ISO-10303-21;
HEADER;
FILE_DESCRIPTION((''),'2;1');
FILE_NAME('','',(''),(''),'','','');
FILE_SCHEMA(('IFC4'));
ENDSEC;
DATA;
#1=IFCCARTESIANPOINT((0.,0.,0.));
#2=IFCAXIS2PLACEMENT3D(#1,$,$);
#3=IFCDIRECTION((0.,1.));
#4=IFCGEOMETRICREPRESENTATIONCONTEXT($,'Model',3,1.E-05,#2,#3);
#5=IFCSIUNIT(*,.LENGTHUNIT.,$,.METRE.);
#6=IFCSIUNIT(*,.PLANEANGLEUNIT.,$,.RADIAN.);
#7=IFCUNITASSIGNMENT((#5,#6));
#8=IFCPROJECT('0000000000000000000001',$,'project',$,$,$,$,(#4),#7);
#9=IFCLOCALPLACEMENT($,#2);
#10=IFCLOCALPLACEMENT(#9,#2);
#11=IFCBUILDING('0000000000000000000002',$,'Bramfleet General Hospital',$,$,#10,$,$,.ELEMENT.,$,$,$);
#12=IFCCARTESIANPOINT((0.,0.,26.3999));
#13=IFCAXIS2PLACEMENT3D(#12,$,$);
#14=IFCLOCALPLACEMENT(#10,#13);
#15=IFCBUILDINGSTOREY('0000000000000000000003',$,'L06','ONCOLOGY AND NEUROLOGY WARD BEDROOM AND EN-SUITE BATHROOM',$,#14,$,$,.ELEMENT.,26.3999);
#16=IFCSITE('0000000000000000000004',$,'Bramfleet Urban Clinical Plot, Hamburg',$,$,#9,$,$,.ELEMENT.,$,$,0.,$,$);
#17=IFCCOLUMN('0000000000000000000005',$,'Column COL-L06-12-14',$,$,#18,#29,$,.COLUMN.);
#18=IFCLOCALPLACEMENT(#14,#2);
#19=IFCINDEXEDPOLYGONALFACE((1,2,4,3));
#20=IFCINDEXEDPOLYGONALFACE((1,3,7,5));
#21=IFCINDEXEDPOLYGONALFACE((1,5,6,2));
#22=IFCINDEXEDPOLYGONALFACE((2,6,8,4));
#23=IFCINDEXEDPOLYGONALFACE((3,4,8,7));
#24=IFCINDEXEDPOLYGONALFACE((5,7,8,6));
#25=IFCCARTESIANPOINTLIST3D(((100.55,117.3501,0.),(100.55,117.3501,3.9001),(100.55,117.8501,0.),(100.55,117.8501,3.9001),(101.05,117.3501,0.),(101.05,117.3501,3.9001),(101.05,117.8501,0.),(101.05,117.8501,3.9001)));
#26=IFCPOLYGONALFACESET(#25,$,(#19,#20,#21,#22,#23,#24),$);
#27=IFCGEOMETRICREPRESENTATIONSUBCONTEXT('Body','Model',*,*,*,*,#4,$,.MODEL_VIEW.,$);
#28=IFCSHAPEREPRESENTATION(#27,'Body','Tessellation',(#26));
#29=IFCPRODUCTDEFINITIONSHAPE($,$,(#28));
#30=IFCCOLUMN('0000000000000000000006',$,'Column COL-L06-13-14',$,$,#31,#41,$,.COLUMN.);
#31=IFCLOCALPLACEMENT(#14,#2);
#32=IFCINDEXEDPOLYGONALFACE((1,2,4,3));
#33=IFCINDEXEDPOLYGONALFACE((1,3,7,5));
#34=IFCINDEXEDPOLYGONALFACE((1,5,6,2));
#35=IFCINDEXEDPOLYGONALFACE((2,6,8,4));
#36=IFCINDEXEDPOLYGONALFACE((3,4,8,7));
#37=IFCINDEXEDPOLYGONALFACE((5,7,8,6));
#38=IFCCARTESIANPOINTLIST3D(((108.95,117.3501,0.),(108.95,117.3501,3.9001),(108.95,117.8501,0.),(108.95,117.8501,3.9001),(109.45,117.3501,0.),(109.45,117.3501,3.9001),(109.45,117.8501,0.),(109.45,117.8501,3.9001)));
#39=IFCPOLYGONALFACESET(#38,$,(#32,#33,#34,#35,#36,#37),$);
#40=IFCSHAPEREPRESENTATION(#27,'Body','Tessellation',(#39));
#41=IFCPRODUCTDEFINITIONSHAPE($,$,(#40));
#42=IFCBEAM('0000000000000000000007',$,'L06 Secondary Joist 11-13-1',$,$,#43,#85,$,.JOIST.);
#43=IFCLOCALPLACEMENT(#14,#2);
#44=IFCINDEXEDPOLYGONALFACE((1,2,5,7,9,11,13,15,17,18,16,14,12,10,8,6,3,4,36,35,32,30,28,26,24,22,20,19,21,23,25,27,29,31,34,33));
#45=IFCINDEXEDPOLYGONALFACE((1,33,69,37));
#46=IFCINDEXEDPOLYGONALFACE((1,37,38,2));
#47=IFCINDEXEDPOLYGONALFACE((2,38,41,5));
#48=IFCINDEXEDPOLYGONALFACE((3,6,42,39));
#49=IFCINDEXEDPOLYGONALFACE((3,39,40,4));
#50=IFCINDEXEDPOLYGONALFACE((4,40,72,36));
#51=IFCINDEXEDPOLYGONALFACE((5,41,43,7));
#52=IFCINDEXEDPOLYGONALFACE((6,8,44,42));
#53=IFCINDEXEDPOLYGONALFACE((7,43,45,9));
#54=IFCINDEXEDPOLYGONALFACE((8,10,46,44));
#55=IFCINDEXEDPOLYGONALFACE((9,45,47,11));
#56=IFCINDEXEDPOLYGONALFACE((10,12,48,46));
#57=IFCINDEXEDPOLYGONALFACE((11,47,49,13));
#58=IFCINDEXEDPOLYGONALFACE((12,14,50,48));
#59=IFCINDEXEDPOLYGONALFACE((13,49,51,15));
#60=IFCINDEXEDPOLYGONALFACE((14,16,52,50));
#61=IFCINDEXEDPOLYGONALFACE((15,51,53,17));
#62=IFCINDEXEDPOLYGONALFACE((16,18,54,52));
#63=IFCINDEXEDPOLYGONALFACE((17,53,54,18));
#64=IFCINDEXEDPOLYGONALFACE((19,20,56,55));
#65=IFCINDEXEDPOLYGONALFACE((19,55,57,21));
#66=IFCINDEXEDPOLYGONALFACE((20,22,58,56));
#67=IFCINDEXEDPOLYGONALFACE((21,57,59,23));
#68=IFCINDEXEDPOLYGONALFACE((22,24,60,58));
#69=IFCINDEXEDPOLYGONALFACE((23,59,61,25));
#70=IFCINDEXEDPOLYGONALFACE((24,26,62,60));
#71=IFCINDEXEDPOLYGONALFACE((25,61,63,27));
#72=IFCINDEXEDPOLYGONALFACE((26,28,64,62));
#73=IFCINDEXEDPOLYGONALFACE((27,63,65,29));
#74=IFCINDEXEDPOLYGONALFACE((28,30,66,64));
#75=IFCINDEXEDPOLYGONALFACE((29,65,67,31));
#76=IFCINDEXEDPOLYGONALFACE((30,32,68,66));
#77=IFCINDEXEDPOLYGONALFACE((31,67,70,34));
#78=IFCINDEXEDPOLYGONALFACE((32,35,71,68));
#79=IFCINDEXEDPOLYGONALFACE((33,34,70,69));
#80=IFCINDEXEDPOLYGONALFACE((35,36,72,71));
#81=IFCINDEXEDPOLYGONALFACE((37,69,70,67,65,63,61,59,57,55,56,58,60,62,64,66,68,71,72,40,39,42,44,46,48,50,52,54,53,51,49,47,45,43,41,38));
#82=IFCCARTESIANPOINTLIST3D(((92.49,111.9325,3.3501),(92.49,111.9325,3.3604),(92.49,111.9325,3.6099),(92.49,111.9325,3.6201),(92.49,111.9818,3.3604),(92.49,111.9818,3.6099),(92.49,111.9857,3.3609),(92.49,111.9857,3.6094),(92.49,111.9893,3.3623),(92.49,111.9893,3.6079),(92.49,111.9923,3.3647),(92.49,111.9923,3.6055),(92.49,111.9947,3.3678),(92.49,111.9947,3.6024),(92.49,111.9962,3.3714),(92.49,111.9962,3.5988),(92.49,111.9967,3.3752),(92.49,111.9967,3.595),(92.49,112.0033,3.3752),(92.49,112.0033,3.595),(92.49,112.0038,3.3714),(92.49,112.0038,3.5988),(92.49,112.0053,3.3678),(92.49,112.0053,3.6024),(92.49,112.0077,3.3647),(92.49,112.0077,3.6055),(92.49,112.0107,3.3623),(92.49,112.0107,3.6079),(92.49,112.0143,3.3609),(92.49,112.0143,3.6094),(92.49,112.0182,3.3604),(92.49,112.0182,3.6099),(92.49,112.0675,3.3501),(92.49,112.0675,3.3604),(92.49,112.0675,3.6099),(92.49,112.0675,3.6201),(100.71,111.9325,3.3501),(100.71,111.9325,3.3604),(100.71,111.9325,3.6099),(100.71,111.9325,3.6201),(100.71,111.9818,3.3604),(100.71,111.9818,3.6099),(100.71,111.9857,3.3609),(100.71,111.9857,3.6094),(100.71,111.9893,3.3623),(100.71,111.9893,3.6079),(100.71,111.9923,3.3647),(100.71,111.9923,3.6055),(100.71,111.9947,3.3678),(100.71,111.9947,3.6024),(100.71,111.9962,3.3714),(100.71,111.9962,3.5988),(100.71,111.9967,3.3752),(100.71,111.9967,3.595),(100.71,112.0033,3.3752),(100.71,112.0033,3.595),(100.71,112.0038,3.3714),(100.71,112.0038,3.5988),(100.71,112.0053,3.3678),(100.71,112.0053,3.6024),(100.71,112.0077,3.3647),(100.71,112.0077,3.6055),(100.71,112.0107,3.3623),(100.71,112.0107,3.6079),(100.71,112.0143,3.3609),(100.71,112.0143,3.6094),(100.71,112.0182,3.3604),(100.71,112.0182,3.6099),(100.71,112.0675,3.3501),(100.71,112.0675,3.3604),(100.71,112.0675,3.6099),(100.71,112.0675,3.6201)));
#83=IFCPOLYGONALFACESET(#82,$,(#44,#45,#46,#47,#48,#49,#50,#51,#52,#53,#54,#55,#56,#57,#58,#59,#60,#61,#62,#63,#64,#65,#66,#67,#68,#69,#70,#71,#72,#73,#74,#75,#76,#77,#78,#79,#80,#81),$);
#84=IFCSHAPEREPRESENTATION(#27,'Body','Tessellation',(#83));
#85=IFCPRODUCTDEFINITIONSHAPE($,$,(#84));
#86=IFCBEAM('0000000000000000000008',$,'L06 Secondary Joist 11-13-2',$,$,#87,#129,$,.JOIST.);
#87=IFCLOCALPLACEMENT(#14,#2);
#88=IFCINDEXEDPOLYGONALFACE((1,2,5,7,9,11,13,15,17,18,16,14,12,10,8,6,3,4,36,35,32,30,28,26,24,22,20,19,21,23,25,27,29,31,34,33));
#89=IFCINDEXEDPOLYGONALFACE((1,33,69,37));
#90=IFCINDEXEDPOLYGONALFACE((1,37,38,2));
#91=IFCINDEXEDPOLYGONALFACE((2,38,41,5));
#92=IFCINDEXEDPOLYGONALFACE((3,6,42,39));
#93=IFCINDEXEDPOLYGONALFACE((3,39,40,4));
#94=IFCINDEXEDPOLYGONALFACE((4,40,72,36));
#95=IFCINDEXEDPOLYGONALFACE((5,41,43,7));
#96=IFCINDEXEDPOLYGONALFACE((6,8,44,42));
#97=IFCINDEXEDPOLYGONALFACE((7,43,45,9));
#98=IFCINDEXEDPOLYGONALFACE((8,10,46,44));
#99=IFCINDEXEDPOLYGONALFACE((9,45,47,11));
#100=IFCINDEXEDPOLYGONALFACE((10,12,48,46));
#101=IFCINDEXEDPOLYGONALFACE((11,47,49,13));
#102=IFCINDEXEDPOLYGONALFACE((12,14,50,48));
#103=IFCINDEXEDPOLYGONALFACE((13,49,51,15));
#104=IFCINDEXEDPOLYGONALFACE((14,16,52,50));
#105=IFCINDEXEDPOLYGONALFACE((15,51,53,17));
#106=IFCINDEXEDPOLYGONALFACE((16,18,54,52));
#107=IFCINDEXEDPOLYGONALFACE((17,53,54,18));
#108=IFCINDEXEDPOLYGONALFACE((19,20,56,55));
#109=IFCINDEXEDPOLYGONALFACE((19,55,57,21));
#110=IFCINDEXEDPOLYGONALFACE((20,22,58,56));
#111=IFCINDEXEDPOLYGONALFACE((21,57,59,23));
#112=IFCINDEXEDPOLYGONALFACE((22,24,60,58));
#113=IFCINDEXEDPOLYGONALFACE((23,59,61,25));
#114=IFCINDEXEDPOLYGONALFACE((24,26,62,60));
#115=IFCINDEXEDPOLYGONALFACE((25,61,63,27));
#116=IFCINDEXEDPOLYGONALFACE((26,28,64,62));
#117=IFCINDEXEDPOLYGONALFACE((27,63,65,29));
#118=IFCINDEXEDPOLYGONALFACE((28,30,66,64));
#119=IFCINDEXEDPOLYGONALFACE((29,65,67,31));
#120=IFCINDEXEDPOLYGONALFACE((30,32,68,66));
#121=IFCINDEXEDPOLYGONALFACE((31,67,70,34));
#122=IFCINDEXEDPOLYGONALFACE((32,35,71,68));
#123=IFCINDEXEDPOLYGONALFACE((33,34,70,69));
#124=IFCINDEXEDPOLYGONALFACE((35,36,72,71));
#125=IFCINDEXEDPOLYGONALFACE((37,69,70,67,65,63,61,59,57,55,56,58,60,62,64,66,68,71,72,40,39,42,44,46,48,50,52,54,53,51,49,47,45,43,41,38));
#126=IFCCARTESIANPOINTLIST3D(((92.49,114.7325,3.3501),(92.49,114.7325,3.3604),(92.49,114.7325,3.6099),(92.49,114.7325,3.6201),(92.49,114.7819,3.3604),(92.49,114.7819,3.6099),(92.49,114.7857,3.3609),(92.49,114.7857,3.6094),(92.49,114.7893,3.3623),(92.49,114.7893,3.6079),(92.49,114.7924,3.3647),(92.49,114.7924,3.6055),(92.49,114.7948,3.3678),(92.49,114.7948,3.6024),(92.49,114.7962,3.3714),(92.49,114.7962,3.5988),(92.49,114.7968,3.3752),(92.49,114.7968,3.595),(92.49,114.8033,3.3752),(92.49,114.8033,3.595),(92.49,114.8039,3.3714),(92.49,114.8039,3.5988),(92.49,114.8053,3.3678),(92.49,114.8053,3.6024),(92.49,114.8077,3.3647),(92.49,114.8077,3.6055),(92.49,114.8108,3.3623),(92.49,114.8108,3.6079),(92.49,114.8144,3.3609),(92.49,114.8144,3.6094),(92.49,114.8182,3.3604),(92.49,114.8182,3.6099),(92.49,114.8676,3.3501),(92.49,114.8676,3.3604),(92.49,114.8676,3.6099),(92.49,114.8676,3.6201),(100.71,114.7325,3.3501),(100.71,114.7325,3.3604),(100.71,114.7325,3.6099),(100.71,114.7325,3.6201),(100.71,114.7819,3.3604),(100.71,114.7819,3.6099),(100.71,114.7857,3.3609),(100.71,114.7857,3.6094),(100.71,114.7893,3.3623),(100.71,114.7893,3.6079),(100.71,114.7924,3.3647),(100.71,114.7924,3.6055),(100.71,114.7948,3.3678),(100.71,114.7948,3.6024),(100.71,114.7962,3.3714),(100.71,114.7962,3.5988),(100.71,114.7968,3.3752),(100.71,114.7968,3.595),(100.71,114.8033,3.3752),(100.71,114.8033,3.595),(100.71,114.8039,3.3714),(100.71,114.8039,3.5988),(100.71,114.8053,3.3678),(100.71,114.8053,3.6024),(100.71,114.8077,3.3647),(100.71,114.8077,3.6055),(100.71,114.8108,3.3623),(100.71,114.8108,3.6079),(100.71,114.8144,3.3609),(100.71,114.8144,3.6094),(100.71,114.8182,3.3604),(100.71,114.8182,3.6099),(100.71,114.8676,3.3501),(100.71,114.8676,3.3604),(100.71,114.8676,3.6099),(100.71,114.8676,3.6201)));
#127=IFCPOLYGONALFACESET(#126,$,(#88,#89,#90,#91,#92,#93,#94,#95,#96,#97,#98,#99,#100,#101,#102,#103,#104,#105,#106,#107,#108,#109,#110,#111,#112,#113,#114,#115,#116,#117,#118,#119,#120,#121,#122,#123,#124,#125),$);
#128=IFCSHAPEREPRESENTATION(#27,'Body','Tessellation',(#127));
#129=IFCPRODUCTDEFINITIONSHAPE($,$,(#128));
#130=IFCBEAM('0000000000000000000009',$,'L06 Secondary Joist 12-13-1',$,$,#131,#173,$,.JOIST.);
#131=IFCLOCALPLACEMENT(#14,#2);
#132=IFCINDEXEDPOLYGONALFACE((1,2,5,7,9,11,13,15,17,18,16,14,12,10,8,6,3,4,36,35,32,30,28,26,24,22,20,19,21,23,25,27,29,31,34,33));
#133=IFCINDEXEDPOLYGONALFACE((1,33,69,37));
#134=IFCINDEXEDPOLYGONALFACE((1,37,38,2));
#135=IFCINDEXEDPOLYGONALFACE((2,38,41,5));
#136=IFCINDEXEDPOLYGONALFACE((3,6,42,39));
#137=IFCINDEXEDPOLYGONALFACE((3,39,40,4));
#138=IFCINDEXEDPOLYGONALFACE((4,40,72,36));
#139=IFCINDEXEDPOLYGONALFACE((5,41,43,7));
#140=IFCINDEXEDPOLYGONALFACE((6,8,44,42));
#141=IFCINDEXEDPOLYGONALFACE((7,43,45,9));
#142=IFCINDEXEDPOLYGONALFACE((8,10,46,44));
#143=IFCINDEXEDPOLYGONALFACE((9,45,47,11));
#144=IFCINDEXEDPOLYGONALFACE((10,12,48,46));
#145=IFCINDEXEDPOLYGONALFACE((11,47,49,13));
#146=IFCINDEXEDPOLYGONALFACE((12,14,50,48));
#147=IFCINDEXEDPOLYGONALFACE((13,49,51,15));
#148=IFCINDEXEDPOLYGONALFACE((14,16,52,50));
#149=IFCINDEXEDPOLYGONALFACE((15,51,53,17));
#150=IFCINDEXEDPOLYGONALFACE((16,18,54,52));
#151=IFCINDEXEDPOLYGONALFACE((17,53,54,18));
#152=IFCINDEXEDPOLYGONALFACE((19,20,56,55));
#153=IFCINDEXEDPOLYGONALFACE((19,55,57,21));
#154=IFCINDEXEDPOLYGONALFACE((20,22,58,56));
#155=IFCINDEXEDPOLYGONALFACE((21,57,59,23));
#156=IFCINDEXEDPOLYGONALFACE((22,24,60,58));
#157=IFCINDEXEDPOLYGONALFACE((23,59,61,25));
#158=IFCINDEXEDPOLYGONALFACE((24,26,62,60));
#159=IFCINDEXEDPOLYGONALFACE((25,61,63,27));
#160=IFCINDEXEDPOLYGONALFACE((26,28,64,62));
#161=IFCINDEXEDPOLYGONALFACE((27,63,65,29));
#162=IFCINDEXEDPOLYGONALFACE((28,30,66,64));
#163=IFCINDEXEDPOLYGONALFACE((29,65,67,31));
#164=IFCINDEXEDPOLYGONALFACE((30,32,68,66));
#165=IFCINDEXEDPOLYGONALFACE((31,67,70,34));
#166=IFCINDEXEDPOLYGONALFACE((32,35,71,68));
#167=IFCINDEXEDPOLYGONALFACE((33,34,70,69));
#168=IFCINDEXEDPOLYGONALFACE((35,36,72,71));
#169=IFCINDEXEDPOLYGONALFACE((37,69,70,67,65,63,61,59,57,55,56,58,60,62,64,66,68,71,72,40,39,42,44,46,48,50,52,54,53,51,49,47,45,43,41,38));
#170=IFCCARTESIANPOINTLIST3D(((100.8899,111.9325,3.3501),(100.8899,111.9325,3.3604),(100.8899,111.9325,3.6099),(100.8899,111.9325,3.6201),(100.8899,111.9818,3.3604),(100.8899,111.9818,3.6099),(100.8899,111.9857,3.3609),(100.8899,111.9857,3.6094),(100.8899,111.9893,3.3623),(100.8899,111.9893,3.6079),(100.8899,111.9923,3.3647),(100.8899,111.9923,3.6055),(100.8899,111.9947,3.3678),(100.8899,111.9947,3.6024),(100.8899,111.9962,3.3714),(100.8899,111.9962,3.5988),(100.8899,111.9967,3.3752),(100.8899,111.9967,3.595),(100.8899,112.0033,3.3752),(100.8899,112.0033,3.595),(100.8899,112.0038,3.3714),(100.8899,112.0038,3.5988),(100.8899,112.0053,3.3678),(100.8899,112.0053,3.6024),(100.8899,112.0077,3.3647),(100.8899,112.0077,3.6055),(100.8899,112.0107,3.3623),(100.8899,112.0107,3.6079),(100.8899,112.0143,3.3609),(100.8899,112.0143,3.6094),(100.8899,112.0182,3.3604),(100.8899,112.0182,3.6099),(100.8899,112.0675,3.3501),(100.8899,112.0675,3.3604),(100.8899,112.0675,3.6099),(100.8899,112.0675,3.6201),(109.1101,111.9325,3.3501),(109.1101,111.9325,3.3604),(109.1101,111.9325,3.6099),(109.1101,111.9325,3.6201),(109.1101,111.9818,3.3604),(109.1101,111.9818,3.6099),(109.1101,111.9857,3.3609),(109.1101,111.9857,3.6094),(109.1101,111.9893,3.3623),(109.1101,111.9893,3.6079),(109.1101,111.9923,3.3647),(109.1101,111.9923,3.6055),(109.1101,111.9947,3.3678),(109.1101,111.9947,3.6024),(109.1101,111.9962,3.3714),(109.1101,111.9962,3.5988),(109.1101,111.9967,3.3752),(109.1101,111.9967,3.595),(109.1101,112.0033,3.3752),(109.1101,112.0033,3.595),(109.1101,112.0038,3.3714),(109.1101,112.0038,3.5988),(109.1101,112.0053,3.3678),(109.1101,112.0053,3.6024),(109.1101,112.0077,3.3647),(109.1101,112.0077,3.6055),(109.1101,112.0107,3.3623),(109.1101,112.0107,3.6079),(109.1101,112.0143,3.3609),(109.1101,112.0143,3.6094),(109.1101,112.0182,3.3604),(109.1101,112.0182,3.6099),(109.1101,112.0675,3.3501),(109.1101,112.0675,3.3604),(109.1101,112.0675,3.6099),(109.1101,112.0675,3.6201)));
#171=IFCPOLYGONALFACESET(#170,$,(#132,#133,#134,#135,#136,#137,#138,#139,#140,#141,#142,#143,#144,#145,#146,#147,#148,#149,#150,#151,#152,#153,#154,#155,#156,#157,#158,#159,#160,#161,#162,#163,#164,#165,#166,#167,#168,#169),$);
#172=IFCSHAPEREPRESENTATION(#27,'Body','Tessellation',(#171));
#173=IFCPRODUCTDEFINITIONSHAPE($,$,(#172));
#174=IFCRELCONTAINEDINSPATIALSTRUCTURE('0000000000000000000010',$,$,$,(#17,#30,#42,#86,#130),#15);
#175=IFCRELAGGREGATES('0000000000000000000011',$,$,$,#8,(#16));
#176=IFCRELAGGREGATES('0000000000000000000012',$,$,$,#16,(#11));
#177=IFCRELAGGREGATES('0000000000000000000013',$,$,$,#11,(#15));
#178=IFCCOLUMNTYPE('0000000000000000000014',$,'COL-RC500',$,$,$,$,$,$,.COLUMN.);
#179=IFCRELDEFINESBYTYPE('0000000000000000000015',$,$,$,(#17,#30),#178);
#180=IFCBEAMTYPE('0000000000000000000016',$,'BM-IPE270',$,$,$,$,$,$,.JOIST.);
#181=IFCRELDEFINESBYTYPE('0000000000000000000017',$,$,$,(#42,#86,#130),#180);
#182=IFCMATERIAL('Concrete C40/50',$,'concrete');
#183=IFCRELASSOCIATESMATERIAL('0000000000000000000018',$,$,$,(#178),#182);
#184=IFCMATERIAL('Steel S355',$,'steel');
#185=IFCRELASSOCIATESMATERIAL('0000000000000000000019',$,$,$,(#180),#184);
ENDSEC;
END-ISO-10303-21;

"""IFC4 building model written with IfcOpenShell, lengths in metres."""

from ifc_helpers import new_model, si_unit, direction, frame, origin, origin_2d, place, context, subcontext, project, spatial, rectangle, i_section, extrude, material, material_profile, profile_set, type_object, element, save


model = new_model("IFC4")

# Units and contexts
model_context = context("Model", 3, precision=1e-05, world=origin(), true_north=direction((0.0, 1.0)))
body_context = subcontext(model_context, "Body", "Model", "MODEL_VIEW")
ifc_project = project(units=[si_unit("LENGTHUNIT", "METRE"), si_unit("PLANEANGLEUNIT", "RADIAN")], contexts=[model_context])

# Site, building, storey
site_placement = place(None, origin())
site = spatial("IfcSite", under=ifc_project, at=site_placement, Name="Bramfleet Urban Clinical Plot, Hamburg", CompositionType="ELEMENT", RefElevation=0.0)
building_placement = place(site_placement, origin())
building = spatial("IfcBuilding", under=site, at=building_placement, Name="Bramfleet General Hospital", CompositionType="ELEMENT")
storey_placement = place(building_placement, frame((0.0, 0.0, 26.3999)))
storey = spatial("IfcBuildingStorey", under=building, at=storey_placement, Name="L06", Description="ONCOLOGY AND NEUROLOGY WARD BEDROOM AND EN-SUITE BATHROOM", CompositionType="ELEMENT", Elevation=26.3999)

# Columns
ifc_material_1 = material(Name="Concrete C40/50", Category="concrete")
ifc_material_profile_1 = material_profile(ifc_material_1, rectangle(XDim=0.5, YDim=0.5, at=origin_2d()), Name="RC COL 500x500")
ifc_profile_set_1 = profile_set([ifc_material_profile_1], Name="Concrete C40/50")
column_type = type_object("IfcColumnType", Name="COL-RC500", PredefinedType="COLUMN", material=ifc_profile_set_1)
for number, where, z_axis, x_axis, name in (
    (1, (100.8, 117.6001, 0.0), (0.0, 0.0, 1.0), (1.0, 0.0, 0.0), "Column COL-L06-12-14"),
    (2, (109.2, 117.6001, 0.0), (0.0, 0.0, 1.0), (1.0, 0.0, 0.0), "Column COL-L06-13-14"),
):
    element("IfcColumn", number, at=place(storey_placement, frame(where, z_axis=z_axis, x_axis=x_axis)), inside=storey, type_object=column_type, Name=name, PredefinedType="COLUMN", context=body_context, shape_type="SweptSolid", body=[
        extrude(rectangle(XDim=0.5, YDim=0.5, at=origin_2d()), origin(), (0.0, 0.0, 1.0), 3.9001),
    ])

# Beams
ifc_material_2 = material(Name="Steel S355", Category="steel")
ifc_material_profile_2 = material_profile(ifc_material_2, i_section(OverallWidth=0.135, OverallDepth=0.27, WebThickness=0.0066, FlangeThickness=0.0103, FilletRadius=0.0149, at=origin_2d()), Name="IPE 270")
ifc_profile_set_2 = profile_set([ifc_material_profile_2], Name="Steel S355")
beam_type_1 = type_object("IfcBeamType", Name="BM-IPE270", PredefinedType="JOIST", material=ifc_profile_set_2)
for number, where, z_axis, x_axis, name in (
    (3, (92.49, 112.0, 3.4851), (1.0, 0.0, 0.0), (0.0, 1.0, 0.0), "L06 Secondary Joist 11-13-1"),
    (4, (92.49, 114.8, 3.4851), (1.0, 0.0, 0.0), (0.0, 1.0, 0.0), "L06 Secondary Joist 11-13-2"),
):
    element("IfcBeam", number, at=place(storey_placement, frame(where, z_axis=z_axis, x_axis=x_axis)), inside=storey, type_object=beam_type_1, Name=name, PredefinedType="JOIST", context=body_context, shape_type="SweptSolid", body=[
        extrude(i_section(OverallWidth=0.135, OverallDepth=0.27, WebThickness=0.0066, FlangeThickness=0.0103, FilletRadius=0.0149, at=origin_2d()), origin(), (0.0, 0.0, 1.0), 8.22),
    ])
for number, where, z_axis, x_axis, name in (
    (5, (100.8899, 112.0, 3.4851), (1.0, 0.0, 0.0), (0.0, 1.0, 0.0), "L06 Secondary Joist 12-13-1"),
):
    element("IfcBeam", number, at=place(storey_placement, frame(where, z_axis=z_axis, x_axis=x_axis)), inside=storey, type_object=beam_type_1, Name=name, PredefinedType="JOIST", context=body_context, shape_type="SweptSolid", body=[
        extrude(i_section(OverallWidth=0.135, OverallDepth=0.27, WebThickness=0.0066, FlangeThickness=0.0103, FilletRadius=0.0149, at=origin_2d()), origin(), (0.0, 0.0, 1.0), 8.2202),
    ])

save(model, "model.ifc")
